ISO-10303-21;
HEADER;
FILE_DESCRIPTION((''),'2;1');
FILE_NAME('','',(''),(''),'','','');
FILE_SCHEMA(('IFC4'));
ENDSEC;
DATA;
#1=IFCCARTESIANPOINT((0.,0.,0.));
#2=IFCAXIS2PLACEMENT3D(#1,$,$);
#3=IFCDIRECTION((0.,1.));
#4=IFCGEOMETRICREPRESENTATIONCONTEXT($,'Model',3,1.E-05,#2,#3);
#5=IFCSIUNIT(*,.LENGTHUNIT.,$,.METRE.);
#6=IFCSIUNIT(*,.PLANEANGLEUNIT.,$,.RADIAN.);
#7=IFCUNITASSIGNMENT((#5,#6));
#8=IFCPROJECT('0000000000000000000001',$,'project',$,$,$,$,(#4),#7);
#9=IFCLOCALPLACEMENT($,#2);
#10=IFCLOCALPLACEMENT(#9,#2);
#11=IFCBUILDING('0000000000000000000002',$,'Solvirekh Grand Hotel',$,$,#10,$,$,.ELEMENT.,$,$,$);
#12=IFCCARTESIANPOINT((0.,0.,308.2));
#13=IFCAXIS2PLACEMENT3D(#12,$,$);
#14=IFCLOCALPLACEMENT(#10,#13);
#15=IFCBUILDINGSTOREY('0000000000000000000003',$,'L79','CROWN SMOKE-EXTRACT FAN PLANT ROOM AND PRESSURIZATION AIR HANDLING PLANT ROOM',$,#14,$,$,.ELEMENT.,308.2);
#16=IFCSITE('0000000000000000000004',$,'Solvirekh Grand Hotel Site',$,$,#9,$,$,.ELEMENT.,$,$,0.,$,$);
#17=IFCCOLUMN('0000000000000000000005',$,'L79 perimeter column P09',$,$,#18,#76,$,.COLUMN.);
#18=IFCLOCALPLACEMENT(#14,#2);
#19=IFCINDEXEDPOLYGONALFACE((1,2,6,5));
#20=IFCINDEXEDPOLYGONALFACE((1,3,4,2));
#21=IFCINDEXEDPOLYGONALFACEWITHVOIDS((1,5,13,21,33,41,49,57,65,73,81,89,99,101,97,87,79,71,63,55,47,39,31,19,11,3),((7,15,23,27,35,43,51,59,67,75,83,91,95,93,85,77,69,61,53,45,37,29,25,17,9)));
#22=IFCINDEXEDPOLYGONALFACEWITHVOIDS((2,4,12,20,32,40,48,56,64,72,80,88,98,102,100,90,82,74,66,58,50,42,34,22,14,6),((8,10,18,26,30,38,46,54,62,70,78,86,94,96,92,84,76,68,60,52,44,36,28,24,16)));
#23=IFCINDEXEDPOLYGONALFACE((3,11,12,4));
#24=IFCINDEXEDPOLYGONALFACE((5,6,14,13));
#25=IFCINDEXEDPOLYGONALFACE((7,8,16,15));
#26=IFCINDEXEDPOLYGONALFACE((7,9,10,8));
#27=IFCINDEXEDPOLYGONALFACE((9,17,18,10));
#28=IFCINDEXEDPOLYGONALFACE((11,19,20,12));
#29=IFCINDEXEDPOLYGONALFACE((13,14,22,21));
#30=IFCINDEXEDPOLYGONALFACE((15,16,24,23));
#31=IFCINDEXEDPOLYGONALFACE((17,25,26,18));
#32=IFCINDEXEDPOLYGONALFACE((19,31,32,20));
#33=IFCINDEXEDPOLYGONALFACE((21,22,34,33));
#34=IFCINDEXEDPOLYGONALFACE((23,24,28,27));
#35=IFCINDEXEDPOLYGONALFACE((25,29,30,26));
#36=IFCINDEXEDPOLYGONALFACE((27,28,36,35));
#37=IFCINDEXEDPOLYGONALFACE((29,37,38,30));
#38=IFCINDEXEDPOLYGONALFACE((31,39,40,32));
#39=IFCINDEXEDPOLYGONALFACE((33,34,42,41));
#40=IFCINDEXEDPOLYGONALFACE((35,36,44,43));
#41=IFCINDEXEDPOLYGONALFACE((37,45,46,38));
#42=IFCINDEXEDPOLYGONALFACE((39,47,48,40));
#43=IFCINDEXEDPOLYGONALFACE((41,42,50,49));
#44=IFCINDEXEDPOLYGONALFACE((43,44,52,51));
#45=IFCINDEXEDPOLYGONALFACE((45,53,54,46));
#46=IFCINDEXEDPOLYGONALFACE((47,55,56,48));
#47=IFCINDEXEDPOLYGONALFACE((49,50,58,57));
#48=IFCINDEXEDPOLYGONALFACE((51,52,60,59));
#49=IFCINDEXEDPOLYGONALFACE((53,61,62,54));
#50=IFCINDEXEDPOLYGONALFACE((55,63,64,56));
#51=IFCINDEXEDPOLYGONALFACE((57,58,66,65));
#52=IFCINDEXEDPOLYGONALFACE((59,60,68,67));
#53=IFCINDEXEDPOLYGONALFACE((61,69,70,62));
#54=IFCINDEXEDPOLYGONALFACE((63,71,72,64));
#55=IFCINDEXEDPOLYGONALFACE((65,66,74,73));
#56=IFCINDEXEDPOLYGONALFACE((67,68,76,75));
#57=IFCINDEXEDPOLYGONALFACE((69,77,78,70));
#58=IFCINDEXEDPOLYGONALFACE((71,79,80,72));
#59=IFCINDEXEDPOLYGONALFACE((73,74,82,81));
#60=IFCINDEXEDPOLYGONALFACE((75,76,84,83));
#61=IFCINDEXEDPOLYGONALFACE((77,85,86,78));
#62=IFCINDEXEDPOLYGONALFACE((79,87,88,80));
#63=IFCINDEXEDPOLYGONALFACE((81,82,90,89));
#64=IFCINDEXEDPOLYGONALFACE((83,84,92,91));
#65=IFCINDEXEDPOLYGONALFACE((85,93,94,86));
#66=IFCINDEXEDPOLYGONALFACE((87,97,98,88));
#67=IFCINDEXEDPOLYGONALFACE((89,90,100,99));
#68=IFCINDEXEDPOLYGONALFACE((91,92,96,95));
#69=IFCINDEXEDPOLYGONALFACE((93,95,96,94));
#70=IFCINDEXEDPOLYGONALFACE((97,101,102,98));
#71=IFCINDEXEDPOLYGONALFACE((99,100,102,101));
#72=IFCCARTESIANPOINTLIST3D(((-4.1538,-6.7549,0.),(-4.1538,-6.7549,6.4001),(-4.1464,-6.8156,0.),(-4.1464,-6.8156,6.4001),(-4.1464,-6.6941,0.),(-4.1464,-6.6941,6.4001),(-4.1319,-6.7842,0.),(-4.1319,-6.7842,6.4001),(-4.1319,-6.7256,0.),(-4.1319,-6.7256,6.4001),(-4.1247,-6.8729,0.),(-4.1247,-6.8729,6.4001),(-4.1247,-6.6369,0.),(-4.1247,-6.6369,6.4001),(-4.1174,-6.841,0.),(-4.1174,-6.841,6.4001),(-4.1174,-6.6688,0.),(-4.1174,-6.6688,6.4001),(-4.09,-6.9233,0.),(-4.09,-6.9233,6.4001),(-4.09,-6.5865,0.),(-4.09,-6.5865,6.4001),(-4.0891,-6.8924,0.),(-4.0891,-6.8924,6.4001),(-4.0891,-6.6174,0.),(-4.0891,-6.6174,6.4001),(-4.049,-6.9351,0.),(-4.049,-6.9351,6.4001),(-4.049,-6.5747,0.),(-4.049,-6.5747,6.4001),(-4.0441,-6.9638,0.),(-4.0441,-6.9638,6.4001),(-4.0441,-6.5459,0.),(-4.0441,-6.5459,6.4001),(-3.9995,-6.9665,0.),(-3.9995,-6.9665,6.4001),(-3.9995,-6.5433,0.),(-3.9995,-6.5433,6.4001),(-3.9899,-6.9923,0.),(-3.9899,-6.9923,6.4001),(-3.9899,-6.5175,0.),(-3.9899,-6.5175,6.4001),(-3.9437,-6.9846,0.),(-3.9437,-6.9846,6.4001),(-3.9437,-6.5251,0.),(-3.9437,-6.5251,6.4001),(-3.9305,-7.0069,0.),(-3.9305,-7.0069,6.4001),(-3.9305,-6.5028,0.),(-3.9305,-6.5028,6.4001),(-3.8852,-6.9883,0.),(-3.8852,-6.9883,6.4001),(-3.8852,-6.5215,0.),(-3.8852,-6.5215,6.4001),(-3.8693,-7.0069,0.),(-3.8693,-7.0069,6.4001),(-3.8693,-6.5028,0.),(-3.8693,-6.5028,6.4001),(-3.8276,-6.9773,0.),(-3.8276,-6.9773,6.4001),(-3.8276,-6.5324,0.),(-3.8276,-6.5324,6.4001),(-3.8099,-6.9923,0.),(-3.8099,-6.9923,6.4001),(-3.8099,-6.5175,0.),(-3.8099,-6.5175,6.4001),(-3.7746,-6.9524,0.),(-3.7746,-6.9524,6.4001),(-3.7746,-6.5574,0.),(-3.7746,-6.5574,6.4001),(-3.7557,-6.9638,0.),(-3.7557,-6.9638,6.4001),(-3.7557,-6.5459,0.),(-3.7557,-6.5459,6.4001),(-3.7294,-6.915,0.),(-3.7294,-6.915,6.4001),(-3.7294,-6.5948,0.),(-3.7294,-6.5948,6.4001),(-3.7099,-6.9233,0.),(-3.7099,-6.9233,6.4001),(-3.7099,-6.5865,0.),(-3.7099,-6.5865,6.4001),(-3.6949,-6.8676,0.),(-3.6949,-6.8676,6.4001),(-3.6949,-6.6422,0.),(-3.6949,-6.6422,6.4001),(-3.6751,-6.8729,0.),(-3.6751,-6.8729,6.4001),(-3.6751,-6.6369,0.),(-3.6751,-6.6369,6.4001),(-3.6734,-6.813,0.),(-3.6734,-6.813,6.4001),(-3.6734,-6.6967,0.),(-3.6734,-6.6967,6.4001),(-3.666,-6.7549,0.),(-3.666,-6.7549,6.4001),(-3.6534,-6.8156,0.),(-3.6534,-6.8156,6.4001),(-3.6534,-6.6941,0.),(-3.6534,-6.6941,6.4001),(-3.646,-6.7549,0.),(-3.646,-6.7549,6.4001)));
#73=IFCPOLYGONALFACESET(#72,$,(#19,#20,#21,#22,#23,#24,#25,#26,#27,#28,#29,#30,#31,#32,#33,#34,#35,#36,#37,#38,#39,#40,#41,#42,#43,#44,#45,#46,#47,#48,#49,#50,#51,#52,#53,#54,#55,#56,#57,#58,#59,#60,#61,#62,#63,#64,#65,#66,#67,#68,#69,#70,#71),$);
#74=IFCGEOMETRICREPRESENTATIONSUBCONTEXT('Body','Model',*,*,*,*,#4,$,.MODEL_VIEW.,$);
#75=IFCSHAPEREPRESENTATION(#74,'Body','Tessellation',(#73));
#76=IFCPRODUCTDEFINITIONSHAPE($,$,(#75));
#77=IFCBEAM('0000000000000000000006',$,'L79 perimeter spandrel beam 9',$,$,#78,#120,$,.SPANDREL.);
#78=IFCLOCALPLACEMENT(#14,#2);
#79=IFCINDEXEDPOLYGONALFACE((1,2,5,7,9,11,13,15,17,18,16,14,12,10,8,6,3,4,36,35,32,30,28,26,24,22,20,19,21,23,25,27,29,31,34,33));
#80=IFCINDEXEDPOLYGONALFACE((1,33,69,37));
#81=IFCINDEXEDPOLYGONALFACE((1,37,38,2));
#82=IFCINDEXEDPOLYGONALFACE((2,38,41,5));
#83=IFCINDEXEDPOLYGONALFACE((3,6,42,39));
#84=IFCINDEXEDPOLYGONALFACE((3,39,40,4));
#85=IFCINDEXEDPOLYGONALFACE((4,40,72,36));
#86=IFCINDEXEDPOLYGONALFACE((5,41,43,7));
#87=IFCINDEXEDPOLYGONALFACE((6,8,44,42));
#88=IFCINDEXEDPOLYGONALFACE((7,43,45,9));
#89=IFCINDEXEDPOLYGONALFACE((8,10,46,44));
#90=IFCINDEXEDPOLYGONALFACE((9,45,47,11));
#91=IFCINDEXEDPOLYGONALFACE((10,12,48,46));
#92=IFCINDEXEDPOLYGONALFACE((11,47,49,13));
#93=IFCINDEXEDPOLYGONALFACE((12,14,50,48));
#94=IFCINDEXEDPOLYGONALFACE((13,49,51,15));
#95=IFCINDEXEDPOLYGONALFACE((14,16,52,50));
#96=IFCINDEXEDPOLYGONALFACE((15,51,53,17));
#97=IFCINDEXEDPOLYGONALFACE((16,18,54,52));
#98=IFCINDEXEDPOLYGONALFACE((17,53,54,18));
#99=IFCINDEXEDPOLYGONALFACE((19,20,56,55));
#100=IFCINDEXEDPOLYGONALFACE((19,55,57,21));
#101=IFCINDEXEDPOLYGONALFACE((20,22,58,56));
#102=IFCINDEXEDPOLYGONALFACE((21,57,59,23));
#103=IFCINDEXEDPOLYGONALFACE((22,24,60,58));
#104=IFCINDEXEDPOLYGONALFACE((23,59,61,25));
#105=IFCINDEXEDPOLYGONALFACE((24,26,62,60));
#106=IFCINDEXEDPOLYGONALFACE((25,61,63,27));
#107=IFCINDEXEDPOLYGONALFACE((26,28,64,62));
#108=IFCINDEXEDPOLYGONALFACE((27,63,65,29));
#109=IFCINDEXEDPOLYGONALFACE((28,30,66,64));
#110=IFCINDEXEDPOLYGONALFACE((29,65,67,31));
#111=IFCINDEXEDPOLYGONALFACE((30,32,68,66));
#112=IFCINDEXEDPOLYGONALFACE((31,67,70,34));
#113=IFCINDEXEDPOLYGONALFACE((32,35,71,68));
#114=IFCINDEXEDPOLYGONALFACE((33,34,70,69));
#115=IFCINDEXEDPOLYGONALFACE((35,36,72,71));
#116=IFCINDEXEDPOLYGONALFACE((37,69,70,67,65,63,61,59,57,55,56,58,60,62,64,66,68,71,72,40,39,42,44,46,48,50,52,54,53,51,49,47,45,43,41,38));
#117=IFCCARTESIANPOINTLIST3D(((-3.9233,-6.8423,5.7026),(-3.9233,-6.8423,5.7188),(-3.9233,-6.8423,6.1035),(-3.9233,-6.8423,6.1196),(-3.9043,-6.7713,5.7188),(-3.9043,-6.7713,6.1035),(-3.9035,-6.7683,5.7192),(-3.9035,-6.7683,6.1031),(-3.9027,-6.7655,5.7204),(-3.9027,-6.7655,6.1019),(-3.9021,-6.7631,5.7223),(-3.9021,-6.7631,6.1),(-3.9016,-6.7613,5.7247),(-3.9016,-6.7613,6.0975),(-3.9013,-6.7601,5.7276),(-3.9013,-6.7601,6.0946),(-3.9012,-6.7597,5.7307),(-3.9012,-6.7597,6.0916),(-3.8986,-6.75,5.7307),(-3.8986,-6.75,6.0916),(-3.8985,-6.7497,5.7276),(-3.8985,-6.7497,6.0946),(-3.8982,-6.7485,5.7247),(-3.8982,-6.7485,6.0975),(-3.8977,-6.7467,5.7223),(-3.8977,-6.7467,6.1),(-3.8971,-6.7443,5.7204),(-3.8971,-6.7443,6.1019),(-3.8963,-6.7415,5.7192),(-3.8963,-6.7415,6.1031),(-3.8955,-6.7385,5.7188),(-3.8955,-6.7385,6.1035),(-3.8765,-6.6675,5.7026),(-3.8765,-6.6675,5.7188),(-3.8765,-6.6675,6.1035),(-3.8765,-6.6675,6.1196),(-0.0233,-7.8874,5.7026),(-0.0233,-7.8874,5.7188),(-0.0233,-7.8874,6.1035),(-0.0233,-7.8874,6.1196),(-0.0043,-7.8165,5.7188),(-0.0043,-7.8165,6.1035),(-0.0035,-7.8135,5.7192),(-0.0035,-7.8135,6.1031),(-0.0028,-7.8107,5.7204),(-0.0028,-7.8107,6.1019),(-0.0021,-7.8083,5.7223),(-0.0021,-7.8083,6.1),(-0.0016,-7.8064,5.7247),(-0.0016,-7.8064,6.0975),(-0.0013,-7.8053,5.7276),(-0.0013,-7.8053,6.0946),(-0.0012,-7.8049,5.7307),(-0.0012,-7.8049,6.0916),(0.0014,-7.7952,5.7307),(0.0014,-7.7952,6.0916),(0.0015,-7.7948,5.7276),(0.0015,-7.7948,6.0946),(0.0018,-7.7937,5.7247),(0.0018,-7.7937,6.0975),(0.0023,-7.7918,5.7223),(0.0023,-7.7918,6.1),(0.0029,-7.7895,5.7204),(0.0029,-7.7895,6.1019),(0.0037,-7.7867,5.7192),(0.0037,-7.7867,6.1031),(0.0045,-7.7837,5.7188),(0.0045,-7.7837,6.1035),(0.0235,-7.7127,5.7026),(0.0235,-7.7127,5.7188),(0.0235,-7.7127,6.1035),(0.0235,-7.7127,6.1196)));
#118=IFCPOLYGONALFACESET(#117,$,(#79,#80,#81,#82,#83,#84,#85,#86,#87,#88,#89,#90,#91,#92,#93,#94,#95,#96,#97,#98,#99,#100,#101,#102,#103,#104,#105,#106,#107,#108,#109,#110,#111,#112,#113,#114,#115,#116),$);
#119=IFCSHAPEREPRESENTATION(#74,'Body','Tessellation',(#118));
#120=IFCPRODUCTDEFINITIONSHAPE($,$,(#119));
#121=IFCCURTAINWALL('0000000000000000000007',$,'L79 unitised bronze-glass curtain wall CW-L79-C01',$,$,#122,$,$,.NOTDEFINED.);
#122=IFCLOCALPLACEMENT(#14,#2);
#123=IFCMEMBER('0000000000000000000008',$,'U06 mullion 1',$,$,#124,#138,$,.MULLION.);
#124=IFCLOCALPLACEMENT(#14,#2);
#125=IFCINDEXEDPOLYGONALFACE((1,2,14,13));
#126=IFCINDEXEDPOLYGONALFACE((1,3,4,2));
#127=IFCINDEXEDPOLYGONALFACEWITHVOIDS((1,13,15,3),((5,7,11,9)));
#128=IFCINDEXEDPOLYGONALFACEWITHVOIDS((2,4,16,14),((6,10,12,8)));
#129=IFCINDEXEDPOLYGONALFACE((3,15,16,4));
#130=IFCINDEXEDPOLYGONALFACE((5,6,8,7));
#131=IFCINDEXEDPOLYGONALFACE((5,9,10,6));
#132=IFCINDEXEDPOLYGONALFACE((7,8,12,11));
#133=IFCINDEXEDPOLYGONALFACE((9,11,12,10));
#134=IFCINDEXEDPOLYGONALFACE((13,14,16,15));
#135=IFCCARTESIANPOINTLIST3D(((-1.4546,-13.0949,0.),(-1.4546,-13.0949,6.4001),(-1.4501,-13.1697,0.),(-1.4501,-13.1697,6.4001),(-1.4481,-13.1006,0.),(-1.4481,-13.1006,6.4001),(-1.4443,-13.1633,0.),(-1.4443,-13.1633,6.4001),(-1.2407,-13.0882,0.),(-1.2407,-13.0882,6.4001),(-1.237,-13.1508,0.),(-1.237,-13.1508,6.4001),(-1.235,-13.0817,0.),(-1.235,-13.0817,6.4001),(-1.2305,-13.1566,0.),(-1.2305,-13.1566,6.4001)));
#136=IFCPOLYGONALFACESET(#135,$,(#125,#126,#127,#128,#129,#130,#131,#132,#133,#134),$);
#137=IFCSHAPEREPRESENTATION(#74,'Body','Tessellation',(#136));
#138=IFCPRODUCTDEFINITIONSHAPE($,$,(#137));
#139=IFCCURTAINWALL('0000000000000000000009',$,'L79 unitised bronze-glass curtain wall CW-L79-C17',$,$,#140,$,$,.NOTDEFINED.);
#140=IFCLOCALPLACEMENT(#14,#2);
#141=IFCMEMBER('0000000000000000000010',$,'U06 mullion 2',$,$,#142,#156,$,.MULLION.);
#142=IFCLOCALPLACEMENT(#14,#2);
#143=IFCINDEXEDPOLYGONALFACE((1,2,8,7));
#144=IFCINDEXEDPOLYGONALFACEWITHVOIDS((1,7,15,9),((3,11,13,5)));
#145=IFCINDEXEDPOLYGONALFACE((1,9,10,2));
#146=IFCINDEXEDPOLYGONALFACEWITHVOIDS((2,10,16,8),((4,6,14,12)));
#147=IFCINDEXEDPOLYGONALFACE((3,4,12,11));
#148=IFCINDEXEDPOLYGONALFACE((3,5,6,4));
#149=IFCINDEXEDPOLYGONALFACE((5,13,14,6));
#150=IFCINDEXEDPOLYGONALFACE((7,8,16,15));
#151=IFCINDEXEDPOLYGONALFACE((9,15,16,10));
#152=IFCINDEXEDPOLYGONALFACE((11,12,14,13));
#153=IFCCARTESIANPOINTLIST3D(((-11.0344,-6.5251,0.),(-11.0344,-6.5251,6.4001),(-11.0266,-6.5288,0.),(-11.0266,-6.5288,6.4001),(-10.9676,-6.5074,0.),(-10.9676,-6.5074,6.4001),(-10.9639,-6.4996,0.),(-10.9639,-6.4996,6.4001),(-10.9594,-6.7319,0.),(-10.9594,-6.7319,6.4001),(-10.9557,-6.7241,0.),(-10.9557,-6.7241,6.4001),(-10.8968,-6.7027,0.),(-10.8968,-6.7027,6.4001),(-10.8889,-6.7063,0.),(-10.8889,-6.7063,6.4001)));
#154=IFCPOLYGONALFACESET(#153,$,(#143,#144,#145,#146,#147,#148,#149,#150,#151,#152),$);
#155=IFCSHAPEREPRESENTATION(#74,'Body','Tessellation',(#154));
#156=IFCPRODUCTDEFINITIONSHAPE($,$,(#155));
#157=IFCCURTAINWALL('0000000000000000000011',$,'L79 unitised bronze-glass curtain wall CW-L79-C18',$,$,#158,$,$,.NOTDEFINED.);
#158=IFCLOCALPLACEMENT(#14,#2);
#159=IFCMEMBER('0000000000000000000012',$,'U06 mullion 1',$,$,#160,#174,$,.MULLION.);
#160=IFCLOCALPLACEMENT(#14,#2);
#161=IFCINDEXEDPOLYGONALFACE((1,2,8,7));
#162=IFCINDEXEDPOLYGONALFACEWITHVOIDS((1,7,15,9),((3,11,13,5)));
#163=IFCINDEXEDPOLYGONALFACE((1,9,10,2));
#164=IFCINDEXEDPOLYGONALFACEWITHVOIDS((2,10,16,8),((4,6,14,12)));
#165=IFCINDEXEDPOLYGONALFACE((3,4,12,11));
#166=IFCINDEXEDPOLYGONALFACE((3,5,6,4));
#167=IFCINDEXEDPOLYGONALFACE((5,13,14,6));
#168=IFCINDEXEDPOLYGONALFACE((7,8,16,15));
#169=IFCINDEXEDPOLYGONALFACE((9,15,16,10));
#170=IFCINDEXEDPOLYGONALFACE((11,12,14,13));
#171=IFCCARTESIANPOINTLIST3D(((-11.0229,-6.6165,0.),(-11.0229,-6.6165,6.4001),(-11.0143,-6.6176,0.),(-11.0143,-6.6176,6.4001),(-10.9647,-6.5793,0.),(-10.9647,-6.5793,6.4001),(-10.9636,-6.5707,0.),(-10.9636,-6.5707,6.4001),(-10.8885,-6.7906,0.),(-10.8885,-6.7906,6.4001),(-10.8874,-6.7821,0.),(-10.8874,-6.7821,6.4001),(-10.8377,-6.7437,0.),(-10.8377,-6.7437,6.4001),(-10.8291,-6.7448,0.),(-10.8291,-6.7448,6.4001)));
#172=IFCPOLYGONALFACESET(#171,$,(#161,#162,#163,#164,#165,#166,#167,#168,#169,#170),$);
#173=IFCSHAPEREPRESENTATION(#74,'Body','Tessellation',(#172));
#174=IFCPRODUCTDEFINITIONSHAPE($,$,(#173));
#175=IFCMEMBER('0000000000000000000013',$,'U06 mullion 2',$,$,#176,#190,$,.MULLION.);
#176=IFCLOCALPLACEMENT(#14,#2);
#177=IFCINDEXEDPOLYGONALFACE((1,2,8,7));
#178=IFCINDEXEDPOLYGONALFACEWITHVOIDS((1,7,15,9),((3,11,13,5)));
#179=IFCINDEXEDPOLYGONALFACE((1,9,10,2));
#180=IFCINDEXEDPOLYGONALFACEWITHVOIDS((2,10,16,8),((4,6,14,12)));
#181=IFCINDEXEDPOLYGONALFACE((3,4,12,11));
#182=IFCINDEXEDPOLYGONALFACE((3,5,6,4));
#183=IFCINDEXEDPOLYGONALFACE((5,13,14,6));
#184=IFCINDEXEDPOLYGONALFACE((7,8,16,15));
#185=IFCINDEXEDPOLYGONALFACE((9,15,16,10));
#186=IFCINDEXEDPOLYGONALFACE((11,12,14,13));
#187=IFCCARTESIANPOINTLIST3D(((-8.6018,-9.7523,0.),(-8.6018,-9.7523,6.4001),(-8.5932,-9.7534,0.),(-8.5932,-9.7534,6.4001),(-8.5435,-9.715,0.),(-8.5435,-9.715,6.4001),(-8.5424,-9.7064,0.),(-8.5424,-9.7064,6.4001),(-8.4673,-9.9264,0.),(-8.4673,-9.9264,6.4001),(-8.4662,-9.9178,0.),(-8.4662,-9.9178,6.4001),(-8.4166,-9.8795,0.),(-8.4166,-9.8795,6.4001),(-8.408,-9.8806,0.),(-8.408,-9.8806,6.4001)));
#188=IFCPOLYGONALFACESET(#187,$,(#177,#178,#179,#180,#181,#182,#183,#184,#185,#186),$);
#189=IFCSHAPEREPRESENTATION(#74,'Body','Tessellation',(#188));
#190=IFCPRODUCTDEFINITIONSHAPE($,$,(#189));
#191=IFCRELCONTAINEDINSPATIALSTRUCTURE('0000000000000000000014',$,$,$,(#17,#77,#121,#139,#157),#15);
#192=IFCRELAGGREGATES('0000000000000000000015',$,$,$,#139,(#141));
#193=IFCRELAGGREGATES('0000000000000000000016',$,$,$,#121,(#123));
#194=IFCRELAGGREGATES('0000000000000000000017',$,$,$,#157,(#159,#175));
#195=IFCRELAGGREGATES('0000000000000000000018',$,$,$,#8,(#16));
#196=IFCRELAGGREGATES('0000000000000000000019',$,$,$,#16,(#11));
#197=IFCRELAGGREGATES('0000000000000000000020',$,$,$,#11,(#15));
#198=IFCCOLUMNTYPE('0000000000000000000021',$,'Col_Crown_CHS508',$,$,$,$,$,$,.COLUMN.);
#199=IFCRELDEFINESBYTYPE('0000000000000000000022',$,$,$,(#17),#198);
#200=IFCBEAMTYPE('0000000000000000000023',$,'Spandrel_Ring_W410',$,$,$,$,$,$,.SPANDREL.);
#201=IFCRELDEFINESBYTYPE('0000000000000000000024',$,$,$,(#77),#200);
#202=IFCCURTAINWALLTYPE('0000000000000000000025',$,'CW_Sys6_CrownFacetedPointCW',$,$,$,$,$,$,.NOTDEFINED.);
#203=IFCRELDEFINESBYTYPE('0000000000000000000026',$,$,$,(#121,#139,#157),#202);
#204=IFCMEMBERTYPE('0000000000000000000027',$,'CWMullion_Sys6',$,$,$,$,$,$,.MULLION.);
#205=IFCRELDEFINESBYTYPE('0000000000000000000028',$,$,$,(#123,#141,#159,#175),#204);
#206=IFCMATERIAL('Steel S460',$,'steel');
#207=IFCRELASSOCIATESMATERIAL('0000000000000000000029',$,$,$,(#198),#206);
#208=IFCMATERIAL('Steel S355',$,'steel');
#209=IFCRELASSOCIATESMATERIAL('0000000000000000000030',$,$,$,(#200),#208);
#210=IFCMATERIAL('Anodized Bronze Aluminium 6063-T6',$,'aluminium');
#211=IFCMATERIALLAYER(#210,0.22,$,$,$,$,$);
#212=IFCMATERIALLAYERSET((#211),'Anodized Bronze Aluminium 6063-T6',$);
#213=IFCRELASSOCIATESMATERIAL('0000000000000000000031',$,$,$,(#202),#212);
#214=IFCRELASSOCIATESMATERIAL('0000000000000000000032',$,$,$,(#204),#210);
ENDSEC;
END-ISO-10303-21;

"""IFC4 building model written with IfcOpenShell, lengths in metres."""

from ifc_helpers import new_model, si_unit, direction, frame, origin, origin_2d, place, context, subcontext, project, spatial, hollow_rectangle, hollow_circle, i_section, extrude, source, transform, mapped, material, layer, layer_set, material_profile, profile_set, type_object, element, aggregate, save


model = new_model("IFC4")

# Units and contexts
model_context = context("Model", 3, precision=1e-05, world=origin(), true_north=direction((0.0, 1.0)))
body_context = subcontext(model_context, "Body", "Model", "MODEL_VIEW")
ifc_project = project(units=[si_unit("LENGTHUNIT", "METRE"), si_unit("PLANEANGLEUNIT", "RADIAN")], contexts=[model_context])

# Site, building, storey
site_placement = place(None, origin())
site = spatial("IfcSite", under=ifc_project, at=site_placement, Name="Solvirekh Grand Hotel Site", CompositionType="ELEMENT", RefElevation=0.0)
building_placement = place(site_placement, origin())
building = spatial("IfcBuilding", under=site, at=building_placement, Name="Solvirekh Grand Hotel", CompositionType="ELEMENT")
storey_placement = place(building_placement, frame((0.0, 0.0, 308.2)))
storey = spatial("IfcBuildingStorey", under=building, at=storey_placement, Name="L79", Description="CROWN SMOKE-EXTRACT FAN PLANT ROOM AND PRESSURIZATION AIR HANDLING PLANT ROOM", CompositionType="ELEMENT", Elevation=308.2)

# Column
ifc_material_1 = material(Name="Steel S460", Category="steel")
ifc_material_profile_1 = material_profile(ifc_material_1, hollow_circle(Radius=0.2539, WallThickness=0.02, at=origin_2d()), Name="CHS 508X20")
ifc_profile_set_1 = profile_set([ifc_material_profile_1], Name="Steel S460")
column_type = type_object("IfcColumnType", Name="Col_Crown_CHS508", PredefinedType="COLUMN", material=ifc_profile_set_1)
column_placement = place(storey_placement, frame((-3.8999, -6.7549, 0.0), z_axis=(0.0, 0.0, 1.0), x_axis=(1.0, 0.0, 0.0)))
element("IfcColumn", 1, at=column_placement, inside=storey, type_object=column_type, Name="L79 perimeter column P09", PredefinedType="COLUMN", context=body_context, shape_type="SweptSolid", body=[
    extrude(hollow_circle(Radius=0.2539, WallThickness=0.02, at=origin_2d()), origin(), (0.0, 0.0, 1.0), 6.4001),
])

# Beam
ifc_material_2 = material(Name="Steel S355", Category="steel")
ifc_material_profile_2 = material_profile(ifc_material_2, i_section(OverallWidth=0.1809, OverallDepth=0.417, WebThickness=0.01, FlangeThickness=0.0161, FilletRadius=0.012, at=origin_2d()), Name="W410X85")
ifc_profile_set_2 = profile_set([ifc_material_profile_2], Name="Steel S355")
beam_type = type_object("IfcBeamType", Name="Spandrel_Ring_W410", PredefinedType="SPANDREL", material=ifc_profile_set_2)
beam_placement = place(storey_placement, frame((-3.8999, -6.7549, 5.9111), z_axis=(0.965914, -0.258863, 0.0), x_axis=(0.258863, 0.965914, 0.0)))
element("IfcBeam", 2, at=beam_placement, inside=storey, type_object=beam_type, Name="L79 perimeter spandrel beam 9", PredefinedType="SPANDREL", context=body_context, shape_type="SweptSolid", body=[
    extrude(i_section(OverallWidth=0.1809, OverallDepth=0.417, WebThickness=0.01, FlangeThickness=0.0161, FilletRadius=0.012, at=origin_2d()), origin(), (0.0, 0.0, 1.0), 4.0376),
])

# Curtain walls, members
ifc_material_3 = material(Name="Anodized Bronze Aluminium 6063-T6", Category="aluminium")
ifc_layer_1 = layer(ifc_material_3, 0.22)
ifc_layer_set_1 = layer_set([ifc_layer_1], Name="Anodized Bronze Aluminium 6063-T6")
curtain_wall_type = type_object("IfcCurtainWallType", Name="CW_Sys6_CrownFacetedPointCW", PredefinedType="NOTDEFINED", material=ifc_layer_set_1)
curtain_wall_1_placement = place(storey_placement, origin())
curtain_wall_1 = element("IfcCurtainWall", 3, at=curtain_wall_1_placement, inside=storey, type_object=curtain_wall_type, Name="L79 unitised bronze-glass curtain wall CW-L79-C01", PredefinedType="NOTDEFINED")
ifc_material_profile_3 = material_profile(ifc_material_3, hollow_rectangle(XDim=0.075, YDim=0.22, WallThickness=0.0061, at=origin_2d()), Name="ALU RHS 220X75X6")
ifc_profile_set_3 = profile_set([ifc_material_profile_3], Name="Anodized Bronze Aluminium 6063-T6")
member_type_1 = type_object("IfcMemberType", Name="CWMullion_Sys6", PredefinedType="MULLION", material=ifc_profile_set_3)
shared_shape_1 = source(origin(), body_context, "Body", "SweptSolid", [
    extrude(hollow_rectangle(XDim=0.075, YDim=0.22, WallThickness=0.0061, at=origin_2d()), origin(), (0.0, 0.0, 1.0), 6.4001),
])
member_1_placement = place(storey_placement, frame((-1.3425, -13.1257, 0.0), z_axis=(0.0, 0.0, 1.0), x_axis=(-0.059791, 0.998211, 0.0)))
member_1 = element("IfcMember", 4, at=member_1_placement, type_object=member_type_1, Name="U06 mullion 1", PredefinedType="MULLION", context=body_context, shape_type="MappedRepresentation", body=[
    mapped(shared_shape_1, transform((0.0, 0.0, 0.0), x_axis=(1.0, 0.0, 0.0), y_axis=(0.0, 1.0, 0.0), z_axis=(0.0, 0.0, 1.0), scale=1.0)),
])
curtain_wall_2_placement = place(storey_placement, origin())
curtain_wall_2 = element("IfcCurtainWall", 5, at=curtain_wall_2_placement, inside=storey, type_object=curtain_wall_type, Name="L79 unitised bronze-glass curtain wall CW-L79-C17", PredefinedType="NOTDEFINED")
member_2_placement = place(storey_placement, frame((-10.9617, -6.6157, 0.0), z_axis=(0.0, 0.0, 1.0), x_axis=(0.9401, 0.340899, 0.0)))
member_2 = element("IfcMember", 6, at=member_2_placement, type_object=member_type_1, Name="U06 mullion 2", PredefinedType="MULLION", context=body_context, shape_type="MappedRepresentation", body=[
    mapped(shared_shape_1, transform((0.0, 0.0, 0.0), x_axis=(1.0, 0.0, 0.0), y_axis=(0.0, 1.0, 0.0), z_axis=(0.0, 0.0, 1.0), scale=1.0)),
])
aggregate(curtain_wall_2, [member_2])

# Curtain wall, members
curtain_wall_3_placement = place(storey_placement, origin())
curtain_wall_3 = element("IfcCurtainWall", 7, at=curtain_wall_3_placement, inside=storey, type_object=curtain_wall_type, Name="L79 unitised bronze-glass curtain wall CW-L79-C18", PredefinedType="NOTDEFINED")
member_3_placement = place(storey_placement, frame((-10.926, -6.6807, 0.0), z_axis=(0.0, 0.0, 1.0), x_axis=(0.791508, 0.611158, 0.0)))
member_3 = element("IfcMember", 8, at=member_3_placement, type_object=member_type_1, Name="U06 mullion 1", PredefinedType="MULLION", context=body_context, shape_type="MappedRepresentation", body=[
    mapped(shared_shape_1, transform((0.0, 0.0, 0.0), x_axis=(1.0, 0.0, 0.0), y_axis=(0.0, 1.0, 0.0), z_axis=(0.0, 0.0, 1.0), scale=1.0)),
])
member_4_placement = place(storey_placement, frame((-8.5049, -9.8164, 0.0), z_axis=(0.0, 0.0, 1.0), x_axis=(0.791508, 0.611158, 0.0)))
member_4 = element("IfcMember", 9, at=member_4_placement, type_object=member_type_1, Name="U06 mullion 2", PredefinedType="MULLION", context=body_context, shape_type="MappedRepresentation", body=[
    mapped(shared_shape_1, transform((0.0, 0.0, 0.0), x_axis=(1.0, 0.0, 0.0), y_axis=(0.0, 1.0, 0.0), z_axis=(0.0, 0.0, 1.0), scale=1.0)),
])

aggregate(curtain_wall_1, [member_1])

aggregate(curtain_wall_3, [member_3, member_4])

save(model, "model.ifc")
